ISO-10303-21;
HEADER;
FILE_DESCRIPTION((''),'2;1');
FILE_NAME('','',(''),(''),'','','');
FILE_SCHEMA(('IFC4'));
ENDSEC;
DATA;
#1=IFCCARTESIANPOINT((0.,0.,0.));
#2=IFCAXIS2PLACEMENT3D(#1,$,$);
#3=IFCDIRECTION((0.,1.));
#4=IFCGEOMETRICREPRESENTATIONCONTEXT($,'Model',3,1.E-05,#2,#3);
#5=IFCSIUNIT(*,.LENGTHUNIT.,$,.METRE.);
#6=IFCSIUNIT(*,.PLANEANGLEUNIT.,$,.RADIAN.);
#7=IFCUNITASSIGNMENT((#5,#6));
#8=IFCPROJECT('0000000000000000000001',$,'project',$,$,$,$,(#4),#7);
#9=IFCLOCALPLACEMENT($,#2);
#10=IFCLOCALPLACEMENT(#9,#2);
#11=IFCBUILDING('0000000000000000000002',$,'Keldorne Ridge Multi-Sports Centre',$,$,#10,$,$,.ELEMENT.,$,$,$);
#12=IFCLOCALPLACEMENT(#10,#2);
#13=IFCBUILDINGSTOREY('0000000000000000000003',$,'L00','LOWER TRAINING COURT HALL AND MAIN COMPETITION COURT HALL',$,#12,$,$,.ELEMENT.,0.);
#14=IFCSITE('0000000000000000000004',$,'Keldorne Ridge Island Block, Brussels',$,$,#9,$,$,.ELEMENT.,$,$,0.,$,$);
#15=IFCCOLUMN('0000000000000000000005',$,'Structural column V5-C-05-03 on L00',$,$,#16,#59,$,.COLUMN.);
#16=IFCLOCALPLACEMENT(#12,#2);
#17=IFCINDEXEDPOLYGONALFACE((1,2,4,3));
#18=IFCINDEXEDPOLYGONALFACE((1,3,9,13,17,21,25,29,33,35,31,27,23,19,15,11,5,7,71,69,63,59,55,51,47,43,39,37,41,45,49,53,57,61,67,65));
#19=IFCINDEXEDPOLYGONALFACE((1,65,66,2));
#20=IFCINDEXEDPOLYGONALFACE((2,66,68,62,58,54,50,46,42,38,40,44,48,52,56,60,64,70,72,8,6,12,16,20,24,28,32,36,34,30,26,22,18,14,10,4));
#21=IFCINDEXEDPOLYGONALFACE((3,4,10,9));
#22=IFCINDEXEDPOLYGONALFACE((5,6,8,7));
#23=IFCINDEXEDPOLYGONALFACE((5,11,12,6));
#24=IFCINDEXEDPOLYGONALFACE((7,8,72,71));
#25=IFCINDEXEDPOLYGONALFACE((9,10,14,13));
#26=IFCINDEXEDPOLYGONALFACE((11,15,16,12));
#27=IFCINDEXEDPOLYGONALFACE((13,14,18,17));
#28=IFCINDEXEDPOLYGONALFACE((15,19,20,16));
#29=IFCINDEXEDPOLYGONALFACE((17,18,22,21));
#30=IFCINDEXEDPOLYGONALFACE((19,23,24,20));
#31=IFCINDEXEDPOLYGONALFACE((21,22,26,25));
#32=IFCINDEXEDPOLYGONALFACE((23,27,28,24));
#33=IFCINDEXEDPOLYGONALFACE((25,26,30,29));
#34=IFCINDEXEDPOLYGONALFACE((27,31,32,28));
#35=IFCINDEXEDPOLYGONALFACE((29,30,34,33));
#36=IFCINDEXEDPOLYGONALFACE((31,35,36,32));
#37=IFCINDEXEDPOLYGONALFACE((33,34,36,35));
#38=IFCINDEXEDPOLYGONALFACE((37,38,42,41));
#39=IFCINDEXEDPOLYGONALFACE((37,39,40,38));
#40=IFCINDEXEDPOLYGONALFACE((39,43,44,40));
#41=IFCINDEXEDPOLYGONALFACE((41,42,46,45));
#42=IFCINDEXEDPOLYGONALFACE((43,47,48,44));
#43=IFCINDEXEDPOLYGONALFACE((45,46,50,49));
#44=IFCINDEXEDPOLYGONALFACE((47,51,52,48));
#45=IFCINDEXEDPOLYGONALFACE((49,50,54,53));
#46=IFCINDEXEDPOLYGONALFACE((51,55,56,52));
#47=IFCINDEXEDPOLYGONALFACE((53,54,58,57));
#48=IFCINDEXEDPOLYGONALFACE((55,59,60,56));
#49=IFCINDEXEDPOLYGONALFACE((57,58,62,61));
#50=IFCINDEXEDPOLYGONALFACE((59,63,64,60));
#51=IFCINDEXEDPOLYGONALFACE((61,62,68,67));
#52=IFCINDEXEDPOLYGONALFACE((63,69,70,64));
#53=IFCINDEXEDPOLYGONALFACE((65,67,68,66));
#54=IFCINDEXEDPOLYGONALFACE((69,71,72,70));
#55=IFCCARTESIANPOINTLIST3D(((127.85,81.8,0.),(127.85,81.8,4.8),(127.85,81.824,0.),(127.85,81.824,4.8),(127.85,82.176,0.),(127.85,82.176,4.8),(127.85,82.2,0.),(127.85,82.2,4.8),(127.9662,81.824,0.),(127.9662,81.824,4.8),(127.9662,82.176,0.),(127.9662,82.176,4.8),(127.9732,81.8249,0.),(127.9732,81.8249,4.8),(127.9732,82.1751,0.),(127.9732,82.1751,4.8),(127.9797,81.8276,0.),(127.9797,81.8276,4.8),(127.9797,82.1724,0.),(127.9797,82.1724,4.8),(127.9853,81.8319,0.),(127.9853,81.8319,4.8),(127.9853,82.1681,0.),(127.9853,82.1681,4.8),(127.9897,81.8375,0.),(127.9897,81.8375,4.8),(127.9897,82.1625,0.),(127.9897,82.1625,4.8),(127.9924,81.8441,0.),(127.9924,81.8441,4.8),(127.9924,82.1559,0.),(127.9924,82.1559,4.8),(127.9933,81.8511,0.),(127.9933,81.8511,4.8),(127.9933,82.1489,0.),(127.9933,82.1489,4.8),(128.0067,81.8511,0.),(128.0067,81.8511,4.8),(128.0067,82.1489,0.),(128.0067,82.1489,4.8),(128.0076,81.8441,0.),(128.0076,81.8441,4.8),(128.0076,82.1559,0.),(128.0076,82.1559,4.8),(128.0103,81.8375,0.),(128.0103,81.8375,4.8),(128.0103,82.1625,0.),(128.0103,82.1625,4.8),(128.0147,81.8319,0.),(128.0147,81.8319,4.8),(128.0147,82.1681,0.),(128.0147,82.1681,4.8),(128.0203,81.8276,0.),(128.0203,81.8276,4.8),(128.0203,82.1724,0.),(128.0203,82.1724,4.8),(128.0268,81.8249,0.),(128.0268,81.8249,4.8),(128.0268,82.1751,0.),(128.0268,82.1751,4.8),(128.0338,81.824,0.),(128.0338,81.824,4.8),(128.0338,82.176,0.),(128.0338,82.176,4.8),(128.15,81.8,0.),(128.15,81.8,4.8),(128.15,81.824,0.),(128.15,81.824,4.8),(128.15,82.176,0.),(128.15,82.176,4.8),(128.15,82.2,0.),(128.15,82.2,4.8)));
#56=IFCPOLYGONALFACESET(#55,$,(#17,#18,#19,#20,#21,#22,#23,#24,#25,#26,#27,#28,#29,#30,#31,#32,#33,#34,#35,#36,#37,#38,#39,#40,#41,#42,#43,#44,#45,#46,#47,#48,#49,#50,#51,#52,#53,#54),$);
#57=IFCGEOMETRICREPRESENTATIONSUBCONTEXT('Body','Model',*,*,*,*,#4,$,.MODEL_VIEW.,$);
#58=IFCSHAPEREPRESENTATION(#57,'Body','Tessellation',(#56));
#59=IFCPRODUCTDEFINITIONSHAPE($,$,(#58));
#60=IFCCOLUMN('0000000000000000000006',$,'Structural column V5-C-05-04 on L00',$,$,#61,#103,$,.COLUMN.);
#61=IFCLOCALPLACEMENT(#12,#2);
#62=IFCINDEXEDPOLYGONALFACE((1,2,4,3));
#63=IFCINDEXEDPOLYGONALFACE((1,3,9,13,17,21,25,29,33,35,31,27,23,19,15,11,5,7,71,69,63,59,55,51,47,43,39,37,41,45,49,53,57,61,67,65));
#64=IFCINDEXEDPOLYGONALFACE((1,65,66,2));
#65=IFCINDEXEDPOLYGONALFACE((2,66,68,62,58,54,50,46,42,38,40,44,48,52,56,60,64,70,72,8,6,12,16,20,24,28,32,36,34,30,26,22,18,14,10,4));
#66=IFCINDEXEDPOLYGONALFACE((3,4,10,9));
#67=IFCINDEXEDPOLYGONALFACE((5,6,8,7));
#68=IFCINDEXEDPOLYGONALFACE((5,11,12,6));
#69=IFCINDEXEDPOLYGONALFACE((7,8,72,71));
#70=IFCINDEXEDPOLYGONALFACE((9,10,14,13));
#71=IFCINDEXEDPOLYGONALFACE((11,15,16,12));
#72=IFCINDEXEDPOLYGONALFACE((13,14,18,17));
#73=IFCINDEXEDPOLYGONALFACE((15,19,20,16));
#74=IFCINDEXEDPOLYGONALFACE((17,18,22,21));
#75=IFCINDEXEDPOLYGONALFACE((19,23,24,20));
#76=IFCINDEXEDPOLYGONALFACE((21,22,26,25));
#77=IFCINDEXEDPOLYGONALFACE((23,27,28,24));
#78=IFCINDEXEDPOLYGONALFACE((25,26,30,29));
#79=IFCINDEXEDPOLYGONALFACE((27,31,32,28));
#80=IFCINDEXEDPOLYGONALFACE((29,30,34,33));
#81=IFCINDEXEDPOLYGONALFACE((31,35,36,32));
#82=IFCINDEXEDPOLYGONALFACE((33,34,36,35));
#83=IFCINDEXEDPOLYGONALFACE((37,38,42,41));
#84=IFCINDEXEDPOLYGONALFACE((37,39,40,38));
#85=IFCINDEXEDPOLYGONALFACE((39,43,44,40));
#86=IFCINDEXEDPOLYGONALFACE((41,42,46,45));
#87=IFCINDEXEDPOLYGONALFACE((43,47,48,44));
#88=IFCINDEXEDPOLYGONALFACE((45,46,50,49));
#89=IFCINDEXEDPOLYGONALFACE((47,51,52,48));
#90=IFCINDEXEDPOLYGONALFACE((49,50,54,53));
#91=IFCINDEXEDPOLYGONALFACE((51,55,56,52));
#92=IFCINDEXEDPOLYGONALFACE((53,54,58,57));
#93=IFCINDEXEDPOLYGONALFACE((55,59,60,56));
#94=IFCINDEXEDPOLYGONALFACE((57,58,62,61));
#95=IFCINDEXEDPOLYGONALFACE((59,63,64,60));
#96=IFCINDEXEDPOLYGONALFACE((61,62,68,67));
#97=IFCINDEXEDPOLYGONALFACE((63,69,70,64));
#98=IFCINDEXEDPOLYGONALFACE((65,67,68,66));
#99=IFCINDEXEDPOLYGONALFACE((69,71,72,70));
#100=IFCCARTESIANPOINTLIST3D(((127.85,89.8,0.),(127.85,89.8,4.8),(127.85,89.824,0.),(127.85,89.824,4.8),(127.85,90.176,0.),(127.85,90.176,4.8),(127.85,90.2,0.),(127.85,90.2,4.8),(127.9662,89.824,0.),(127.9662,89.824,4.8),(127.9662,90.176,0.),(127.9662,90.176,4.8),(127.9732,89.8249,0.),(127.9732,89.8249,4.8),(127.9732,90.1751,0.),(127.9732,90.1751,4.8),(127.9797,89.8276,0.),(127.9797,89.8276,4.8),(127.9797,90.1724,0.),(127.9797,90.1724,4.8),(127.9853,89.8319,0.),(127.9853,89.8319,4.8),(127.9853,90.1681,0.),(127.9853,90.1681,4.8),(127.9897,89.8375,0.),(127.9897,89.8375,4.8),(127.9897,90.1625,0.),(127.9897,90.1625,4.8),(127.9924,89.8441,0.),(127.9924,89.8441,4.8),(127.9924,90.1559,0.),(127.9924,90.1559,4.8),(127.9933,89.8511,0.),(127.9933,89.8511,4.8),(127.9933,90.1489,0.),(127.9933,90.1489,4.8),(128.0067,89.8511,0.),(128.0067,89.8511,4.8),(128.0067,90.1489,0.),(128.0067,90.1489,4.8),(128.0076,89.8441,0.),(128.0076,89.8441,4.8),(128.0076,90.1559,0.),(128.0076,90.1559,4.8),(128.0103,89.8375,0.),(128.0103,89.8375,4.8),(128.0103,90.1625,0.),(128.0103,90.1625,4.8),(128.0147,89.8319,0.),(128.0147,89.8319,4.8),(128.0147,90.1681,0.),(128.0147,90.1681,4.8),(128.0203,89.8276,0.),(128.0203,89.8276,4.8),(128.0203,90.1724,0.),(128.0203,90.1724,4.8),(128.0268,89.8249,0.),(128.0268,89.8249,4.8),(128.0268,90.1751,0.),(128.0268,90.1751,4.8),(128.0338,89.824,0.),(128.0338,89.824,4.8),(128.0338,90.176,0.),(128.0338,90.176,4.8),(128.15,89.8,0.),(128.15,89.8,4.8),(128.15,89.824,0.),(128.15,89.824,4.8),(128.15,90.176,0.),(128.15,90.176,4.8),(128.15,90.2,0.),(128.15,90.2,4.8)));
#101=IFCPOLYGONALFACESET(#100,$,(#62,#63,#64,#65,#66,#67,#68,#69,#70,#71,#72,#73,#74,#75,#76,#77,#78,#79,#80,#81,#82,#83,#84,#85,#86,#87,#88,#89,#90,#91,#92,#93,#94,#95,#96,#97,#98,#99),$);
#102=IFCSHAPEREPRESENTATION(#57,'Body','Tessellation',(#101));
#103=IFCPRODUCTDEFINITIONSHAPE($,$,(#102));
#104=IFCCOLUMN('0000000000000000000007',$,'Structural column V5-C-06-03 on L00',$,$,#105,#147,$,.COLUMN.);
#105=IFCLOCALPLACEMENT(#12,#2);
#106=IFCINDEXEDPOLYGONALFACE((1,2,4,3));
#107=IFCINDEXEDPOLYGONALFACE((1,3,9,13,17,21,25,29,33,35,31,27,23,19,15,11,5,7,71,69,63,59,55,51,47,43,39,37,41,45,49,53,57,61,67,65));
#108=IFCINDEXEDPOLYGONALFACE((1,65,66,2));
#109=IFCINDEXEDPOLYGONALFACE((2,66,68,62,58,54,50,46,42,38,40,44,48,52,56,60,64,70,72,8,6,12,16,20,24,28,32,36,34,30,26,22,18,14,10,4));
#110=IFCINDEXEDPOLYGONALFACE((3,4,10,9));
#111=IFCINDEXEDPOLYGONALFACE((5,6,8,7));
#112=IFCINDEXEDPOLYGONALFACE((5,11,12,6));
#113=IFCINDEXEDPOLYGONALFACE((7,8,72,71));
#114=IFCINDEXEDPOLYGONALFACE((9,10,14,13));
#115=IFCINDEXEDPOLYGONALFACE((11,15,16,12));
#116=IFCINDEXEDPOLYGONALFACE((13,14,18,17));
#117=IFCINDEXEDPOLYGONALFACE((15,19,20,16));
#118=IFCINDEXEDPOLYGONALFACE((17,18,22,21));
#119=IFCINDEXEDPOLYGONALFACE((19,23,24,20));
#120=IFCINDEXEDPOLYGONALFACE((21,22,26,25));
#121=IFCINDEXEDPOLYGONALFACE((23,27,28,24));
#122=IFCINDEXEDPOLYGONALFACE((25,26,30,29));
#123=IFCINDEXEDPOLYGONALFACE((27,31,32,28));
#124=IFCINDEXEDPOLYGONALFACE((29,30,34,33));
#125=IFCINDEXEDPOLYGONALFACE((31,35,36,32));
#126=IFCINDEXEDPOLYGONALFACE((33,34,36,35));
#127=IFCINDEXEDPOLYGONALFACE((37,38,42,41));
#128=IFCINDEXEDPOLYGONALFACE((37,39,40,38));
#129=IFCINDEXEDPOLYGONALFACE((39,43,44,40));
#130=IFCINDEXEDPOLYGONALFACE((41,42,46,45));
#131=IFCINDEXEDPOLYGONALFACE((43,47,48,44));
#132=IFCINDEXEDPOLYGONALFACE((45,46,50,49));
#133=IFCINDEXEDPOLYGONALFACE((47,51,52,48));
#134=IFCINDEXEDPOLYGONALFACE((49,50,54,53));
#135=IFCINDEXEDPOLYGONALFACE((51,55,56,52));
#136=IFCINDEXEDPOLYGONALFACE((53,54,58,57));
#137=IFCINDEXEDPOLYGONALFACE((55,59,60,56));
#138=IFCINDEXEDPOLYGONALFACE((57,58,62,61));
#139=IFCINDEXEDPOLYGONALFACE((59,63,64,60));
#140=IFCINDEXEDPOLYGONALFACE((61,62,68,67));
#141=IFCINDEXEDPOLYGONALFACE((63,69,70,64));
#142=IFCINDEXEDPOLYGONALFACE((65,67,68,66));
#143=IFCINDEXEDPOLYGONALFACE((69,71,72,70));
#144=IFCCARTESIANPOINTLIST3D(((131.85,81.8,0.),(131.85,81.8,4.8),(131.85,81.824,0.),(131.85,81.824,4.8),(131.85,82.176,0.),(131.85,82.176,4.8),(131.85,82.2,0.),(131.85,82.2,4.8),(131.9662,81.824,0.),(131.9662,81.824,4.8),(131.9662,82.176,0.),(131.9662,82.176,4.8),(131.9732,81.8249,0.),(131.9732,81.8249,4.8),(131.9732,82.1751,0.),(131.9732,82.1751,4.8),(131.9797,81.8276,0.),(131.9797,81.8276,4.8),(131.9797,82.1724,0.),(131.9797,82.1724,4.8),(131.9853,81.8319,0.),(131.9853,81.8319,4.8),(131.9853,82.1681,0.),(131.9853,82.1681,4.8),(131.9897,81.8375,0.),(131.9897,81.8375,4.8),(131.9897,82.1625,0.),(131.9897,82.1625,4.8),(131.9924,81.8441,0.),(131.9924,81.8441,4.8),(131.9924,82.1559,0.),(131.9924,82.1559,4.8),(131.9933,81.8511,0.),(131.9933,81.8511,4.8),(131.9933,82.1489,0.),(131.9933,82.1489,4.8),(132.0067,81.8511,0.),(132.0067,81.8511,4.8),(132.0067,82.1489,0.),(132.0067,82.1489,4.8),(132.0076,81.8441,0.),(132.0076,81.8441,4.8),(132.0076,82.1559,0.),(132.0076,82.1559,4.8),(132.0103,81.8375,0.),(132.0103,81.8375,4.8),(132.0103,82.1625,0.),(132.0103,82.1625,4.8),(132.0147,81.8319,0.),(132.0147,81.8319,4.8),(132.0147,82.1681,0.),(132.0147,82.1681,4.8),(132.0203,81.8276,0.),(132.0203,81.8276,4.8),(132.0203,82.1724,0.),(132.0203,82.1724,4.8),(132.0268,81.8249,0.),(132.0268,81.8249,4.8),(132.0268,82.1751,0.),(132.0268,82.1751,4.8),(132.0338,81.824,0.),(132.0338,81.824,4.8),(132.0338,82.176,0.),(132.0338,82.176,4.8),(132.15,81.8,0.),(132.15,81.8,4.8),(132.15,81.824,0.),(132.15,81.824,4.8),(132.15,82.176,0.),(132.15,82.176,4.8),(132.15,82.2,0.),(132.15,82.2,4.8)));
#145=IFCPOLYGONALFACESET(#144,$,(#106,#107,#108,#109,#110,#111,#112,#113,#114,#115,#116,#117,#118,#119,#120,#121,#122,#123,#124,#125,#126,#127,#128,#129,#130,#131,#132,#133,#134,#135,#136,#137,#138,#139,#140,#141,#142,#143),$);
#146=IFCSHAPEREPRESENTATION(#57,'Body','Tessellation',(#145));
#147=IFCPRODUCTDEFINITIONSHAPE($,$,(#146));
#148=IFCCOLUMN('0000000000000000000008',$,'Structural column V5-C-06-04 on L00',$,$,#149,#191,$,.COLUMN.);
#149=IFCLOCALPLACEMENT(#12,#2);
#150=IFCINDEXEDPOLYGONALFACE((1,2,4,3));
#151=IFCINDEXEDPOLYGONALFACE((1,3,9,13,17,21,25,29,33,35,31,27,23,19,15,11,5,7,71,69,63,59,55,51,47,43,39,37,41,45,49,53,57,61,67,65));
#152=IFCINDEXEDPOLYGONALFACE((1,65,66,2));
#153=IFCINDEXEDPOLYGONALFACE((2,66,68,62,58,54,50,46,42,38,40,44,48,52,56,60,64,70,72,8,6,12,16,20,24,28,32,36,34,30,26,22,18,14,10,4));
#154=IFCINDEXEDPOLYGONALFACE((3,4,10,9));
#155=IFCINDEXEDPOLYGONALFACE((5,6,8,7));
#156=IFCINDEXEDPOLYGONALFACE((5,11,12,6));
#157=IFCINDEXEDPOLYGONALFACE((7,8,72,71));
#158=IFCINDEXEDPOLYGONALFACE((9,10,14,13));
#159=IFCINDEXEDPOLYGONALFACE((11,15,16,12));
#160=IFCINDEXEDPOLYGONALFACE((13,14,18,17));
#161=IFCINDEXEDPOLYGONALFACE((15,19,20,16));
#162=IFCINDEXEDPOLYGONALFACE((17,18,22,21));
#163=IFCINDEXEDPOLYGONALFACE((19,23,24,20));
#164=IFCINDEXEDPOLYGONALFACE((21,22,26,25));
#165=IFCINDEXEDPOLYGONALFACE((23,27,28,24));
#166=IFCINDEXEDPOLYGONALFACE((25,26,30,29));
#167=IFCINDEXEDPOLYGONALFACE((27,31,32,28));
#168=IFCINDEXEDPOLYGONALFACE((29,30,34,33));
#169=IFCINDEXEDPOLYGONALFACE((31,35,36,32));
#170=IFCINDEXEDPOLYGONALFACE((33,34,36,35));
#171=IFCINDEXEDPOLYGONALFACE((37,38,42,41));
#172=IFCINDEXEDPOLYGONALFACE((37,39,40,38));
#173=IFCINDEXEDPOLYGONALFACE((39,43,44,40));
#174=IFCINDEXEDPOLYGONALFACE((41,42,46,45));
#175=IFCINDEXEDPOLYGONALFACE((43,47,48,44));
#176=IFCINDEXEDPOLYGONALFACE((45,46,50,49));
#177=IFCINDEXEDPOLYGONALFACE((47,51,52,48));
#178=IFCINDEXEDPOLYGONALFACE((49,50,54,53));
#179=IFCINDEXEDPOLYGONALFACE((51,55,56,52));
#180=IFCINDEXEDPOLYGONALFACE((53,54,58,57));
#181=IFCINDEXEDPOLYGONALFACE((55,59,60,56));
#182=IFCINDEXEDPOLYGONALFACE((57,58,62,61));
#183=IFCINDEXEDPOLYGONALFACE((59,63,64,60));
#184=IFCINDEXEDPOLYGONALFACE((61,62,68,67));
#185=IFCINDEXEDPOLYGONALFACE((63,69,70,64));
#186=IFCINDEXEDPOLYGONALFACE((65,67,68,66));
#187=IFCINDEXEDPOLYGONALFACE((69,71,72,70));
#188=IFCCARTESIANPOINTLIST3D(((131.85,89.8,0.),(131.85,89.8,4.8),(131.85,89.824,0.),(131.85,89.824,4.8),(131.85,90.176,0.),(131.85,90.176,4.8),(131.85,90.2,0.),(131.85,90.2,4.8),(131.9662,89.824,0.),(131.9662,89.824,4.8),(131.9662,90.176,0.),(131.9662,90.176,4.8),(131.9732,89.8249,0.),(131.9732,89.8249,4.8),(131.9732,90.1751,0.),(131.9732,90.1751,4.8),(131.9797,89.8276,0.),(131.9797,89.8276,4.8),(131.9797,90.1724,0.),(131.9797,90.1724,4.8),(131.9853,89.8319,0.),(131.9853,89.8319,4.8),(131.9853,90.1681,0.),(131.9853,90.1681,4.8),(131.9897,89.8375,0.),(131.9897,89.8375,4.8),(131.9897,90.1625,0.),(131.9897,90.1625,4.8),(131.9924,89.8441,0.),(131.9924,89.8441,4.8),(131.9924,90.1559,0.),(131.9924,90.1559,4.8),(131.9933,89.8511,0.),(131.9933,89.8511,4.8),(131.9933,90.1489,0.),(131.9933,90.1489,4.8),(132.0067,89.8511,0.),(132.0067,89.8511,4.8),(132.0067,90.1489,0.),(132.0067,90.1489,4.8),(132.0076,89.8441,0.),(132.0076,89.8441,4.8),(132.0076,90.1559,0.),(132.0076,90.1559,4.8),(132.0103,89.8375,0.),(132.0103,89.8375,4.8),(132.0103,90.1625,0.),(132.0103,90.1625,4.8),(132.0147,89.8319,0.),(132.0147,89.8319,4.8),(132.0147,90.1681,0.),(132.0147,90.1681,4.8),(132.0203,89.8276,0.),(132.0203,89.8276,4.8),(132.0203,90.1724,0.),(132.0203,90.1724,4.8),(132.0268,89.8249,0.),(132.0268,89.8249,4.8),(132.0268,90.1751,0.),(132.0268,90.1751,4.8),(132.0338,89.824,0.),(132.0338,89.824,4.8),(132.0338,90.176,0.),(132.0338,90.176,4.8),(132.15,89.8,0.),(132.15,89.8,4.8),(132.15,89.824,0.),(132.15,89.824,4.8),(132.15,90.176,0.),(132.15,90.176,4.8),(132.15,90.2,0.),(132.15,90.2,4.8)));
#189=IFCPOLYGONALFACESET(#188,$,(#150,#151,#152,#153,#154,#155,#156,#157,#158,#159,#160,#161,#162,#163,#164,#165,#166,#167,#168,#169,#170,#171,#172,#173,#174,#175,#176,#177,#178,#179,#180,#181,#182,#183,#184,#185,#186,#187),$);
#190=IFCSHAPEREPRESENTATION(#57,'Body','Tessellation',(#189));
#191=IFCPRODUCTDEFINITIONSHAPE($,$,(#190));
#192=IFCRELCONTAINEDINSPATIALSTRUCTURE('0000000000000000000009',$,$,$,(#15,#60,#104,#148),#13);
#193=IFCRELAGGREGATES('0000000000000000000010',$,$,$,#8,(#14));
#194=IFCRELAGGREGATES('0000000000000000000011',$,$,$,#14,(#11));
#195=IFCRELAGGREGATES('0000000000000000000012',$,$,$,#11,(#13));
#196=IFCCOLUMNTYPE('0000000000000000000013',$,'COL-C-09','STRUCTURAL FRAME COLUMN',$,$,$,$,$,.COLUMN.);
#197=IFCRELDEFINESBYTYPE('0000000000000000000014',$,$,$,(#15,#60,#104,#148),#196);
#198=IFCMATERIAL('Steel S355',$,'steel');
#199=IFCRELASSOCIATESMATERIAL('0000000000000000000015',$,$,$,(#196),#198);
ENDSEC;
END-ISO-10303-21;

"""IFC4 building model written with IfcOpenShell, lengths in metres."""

from ifc_helpers import new_model, si_unit, direction, frame, origin, origin_2d, place, context, subcontext, project, spatial, i_section, extrude, material, material_profile, profile_set, type_object, element, save


model = new_model("IFC4")

# Units and contexts
model_context = context("Model", 3, precision=1e-05, world=origin(), true_north=direction((0.0, 1.0)))
body_context = subcontext(model_context, "Body", "Model", "MODEL_VIEW")
ifc_project = project(units=[si_unit("LENGTHUNIT", "METRE"), si_unit("PLANEANGLEUNIT", "RADIAN")], contexts=[model_context])

# Site, building, storey
site_placement = place(None, origin())
site = spatial("IfcSite", under=ifc_project, at=site_placement, Name="Keldorne Ridge Island Block, Brussels", CompositionType="ELEMENT", RefElevation=0.0)
building_placement = place(site_placement, origin())
building = spatial("IfcBuilding", under=site, at=building_placement, Name="Keldorne Ridge Multi-Sports Centre", CompositionType="ELEMENT")
storey_placement = place(building_placement, origin())
storey = spatial("IfcBuildingStorey", under=building, at=storey_placement, Name="L00", Description="LOWER TRAINING COURT HALL AND MAIN COMPETITION COURT HALL", CompositionType="ELEMENT", Elevation=0.0)

# Columns
ifc_material_1 = material(Name="Steel S355", Category="steel")
ifc_material_profile_1 = material_profile(ifc_material_1, i_section(OverallWidth=0.3, OverallDepth=0.3999, WebThickness=0.0134, FlangeThickness=0.0239, FilletRadius=0.0271, at=origin_2d()), Name="HEB 400")
ifc_profile_set_1 = profile_set([ifc_material_profile_1], Name="Steel S355")
column_type = type_object("IfcColumnType", Name="COL-C-09", Description="STRUCTURAL FRAME COLUMN", PredefinedType="COLUMN", material=ifc_profile_set_1)
for number, where, z_axis, x_axis, name in (
    (1, (128.0, 82.0, 0.0), (0.0, 0.0, 1.0), (1.0, 0.0, 0.0), "Structural column V5-C-05-03 on L00"),
    (2, (128.0, 90.0, 0.0), (0.0, 0.0, 1.0), (1.0, 0.0, 0.0), "Structural column V5-C-05-04 on L00"),
    (3, (132.0, 82.0, 0.0), (0.0, 0.0, 1.0), (1.0, 0.0, 0.0), "Structural column V5-C-06-03 on L00"),
    (4, (132.0, 90.0, 0.0), (0.0, 0.0, 1.0), (1.0, 0.0, 0.0), "Structural column V5-C-06-04 on L00"),
):
    element("IfcColumn", number, at=place(storey_placement, frame(where, z_axis=z_axis, x_axis=x_axis)), inside=storey, type_object=column_type, Name=name, PredefinedType="COLUMN", context=body_context, shape_type="SweptSolid", body=[
        extrude(i_section(OverallWidth=0.3, OverallDepth=0.3999, WebThickness=0.0134, FlangeThickness=0.0239, FilletRadius=0.0271, at=origin_2d()), origin(), (0.0, 0.0, 1.0), 4.8),
    ])

save(model, "model.ifc")
